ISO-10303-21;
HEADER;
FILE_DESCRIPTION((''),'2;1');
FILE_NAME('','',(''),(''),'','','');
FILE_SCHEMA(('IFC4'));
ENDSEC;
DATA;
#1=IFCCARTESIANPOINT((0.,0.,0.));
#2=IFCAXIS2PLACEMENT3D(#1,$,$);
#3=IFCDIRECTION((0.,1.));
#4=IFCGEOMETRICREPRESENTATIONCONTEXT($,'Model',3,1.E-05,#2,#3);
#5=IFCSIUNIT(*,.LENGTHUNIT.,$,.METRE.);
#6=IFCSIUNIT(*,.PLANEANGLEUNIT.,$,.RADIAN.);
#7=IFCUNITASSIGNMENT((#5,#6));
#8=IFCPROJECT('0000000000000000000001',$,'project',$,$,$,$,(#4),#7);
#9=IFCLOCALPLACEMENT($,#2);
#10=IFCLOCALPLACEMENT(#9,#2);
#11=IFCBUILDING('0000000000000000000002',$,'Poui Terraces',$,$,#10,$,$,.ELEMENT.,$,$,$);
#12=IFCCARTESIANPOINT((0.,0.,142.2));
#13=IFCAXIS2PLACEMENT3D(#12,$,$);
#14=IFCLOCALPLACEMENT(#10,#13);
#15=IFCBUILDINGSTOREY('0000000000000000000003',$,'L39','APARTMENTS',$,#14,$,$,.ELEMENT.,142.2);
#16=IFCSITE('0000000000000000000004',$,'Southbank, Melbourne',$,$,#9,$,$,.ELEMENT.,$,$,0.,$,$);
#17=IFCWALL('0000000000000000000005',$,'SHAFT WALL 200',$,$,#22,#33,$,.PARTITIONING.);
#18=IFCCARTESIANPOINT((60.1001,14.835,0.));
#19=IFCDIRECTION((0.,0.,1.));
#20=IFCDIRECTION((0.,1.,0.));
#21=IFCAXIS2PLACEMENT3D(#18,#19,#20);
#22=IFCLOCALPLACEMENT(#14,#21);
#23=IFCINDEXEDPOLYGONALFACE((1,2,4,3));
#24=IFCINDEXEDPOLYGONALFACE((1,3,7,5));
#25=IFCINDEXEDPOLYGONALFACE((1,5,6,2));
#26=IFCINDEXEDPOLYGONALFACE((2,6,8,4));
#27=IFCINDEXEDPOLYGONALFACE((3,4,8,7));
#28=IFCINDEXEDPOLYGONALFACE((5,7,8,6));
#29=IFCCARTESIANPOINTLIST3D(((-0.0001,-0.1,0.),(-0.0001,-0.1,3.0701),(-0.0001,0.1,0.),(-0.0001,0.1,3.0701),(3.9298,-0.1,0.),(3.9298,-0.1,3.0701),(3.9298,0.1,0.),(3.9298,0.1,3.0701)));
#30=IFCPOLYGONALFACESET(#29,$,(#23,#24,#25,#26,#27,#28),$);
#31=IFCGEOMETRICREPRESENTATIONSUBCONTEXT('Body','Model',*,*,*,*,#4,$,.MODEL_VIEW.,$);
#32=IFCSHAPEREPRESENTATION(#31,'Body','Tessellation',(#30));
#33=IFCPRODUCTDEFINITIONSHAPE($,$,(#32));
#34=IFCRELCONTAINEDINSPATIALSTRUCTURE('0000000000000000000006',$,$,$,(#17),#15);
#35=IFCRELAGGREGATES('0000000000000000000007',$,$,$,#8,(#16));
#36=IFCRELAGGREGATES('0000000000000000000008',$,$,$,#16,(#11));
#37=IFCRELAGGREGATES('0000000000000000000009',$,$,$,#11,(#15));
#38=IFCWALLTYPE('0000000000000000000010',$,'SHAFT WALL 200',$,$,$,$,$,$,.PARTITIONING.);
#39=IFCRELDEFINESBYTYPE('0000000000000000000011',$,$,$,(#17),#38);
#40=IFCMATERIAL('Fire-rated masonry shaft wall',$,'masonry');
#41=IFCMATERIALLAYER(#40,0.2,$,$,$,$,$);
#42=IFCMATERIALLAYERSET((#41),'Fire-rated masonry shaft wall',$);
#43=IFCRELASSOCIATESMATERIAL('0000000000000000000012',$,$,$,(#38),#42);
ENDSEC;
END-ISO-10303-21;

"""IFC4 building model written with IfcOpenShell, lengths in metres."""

from ifc_helpers import new_model, si_unit, direction, frame, frame_2d, origin, place, context, subcontext, project, spatial, rectangle, extrude, material, layer, layer_set, type_object, element, save


model = new_model("IFC4")

# Units and contexts
model_context = context("Model", 3, precision=1e-05, world=origin(), true_north=direction((0.0, 1.0)))
body_context = subcontext(model_context, "Body", "Model", "MODEL_VIEW")
ifc_project = project(units=[si_unit("LENGTHUNIT", "METRE"), si_unit("PLANEANGLEUNIT", "RADIAN")], contexts=[model_context])

# Site, building, storey
site_placement = place(None, origin())
site = spatial("IfcSite", under=ifc_project, at=site_placement, Name="Southbank, Melbourne", CompositionType="ELEMENT", RefElevation=0.0)
building_placement = place(site_placement, origin())
building = spatial("IfcBuilding", under=site, at=building_placement, Name="Poui Terraces", CompositionType="ELEMENT")
storey_placement = place(building_placement, frame((0.0, 0.0, 142.2)))
storey = spatial("IfcBuildingStorey", under=building, at=storey_placement, Name="L39", Description="APARTMENTS", CompositionType="ELEMENT", Elevation=142.2)

# Wall
ifc_material_1 = material(Name="Fire-rated masonry shaft wall", Category="masonry")
ifc_layer_1 = layer(ifc_material_1, 0.2)
ifc_layer_set_1 = layer_set([ifc_layer_1], Name="Fire-rated masonry shaft wall")
wall_type_1 = type_object("IfcWallType", Name="SHAFT WALL 200", PredefinedType="PARTITIONING", material=ifc_layer_set_1)
wall_1_placement = place(storey_placement, frame((60.1001, 14.835, 0.0), z_axis=(0.0, 0.0, 1.0), x_axis=(0.0, 1.0, 0.0)))
element("IfcWall", 1, at=wall_1_placement, inside=storey, type_object=wall_type_1, Name="SHAFT WALL 200", PredefinedType="PARTITIONING", context=body_context, shape_type="SweptSolid", body=[
    extrude(rectangle(XDim=3.9299, YDim=0.2, at=frame_2d((1.9648, 0.0))), origin(), (0.0, 0.0, 1.0), 3.0701),
])

save(model, "model.ifc")
